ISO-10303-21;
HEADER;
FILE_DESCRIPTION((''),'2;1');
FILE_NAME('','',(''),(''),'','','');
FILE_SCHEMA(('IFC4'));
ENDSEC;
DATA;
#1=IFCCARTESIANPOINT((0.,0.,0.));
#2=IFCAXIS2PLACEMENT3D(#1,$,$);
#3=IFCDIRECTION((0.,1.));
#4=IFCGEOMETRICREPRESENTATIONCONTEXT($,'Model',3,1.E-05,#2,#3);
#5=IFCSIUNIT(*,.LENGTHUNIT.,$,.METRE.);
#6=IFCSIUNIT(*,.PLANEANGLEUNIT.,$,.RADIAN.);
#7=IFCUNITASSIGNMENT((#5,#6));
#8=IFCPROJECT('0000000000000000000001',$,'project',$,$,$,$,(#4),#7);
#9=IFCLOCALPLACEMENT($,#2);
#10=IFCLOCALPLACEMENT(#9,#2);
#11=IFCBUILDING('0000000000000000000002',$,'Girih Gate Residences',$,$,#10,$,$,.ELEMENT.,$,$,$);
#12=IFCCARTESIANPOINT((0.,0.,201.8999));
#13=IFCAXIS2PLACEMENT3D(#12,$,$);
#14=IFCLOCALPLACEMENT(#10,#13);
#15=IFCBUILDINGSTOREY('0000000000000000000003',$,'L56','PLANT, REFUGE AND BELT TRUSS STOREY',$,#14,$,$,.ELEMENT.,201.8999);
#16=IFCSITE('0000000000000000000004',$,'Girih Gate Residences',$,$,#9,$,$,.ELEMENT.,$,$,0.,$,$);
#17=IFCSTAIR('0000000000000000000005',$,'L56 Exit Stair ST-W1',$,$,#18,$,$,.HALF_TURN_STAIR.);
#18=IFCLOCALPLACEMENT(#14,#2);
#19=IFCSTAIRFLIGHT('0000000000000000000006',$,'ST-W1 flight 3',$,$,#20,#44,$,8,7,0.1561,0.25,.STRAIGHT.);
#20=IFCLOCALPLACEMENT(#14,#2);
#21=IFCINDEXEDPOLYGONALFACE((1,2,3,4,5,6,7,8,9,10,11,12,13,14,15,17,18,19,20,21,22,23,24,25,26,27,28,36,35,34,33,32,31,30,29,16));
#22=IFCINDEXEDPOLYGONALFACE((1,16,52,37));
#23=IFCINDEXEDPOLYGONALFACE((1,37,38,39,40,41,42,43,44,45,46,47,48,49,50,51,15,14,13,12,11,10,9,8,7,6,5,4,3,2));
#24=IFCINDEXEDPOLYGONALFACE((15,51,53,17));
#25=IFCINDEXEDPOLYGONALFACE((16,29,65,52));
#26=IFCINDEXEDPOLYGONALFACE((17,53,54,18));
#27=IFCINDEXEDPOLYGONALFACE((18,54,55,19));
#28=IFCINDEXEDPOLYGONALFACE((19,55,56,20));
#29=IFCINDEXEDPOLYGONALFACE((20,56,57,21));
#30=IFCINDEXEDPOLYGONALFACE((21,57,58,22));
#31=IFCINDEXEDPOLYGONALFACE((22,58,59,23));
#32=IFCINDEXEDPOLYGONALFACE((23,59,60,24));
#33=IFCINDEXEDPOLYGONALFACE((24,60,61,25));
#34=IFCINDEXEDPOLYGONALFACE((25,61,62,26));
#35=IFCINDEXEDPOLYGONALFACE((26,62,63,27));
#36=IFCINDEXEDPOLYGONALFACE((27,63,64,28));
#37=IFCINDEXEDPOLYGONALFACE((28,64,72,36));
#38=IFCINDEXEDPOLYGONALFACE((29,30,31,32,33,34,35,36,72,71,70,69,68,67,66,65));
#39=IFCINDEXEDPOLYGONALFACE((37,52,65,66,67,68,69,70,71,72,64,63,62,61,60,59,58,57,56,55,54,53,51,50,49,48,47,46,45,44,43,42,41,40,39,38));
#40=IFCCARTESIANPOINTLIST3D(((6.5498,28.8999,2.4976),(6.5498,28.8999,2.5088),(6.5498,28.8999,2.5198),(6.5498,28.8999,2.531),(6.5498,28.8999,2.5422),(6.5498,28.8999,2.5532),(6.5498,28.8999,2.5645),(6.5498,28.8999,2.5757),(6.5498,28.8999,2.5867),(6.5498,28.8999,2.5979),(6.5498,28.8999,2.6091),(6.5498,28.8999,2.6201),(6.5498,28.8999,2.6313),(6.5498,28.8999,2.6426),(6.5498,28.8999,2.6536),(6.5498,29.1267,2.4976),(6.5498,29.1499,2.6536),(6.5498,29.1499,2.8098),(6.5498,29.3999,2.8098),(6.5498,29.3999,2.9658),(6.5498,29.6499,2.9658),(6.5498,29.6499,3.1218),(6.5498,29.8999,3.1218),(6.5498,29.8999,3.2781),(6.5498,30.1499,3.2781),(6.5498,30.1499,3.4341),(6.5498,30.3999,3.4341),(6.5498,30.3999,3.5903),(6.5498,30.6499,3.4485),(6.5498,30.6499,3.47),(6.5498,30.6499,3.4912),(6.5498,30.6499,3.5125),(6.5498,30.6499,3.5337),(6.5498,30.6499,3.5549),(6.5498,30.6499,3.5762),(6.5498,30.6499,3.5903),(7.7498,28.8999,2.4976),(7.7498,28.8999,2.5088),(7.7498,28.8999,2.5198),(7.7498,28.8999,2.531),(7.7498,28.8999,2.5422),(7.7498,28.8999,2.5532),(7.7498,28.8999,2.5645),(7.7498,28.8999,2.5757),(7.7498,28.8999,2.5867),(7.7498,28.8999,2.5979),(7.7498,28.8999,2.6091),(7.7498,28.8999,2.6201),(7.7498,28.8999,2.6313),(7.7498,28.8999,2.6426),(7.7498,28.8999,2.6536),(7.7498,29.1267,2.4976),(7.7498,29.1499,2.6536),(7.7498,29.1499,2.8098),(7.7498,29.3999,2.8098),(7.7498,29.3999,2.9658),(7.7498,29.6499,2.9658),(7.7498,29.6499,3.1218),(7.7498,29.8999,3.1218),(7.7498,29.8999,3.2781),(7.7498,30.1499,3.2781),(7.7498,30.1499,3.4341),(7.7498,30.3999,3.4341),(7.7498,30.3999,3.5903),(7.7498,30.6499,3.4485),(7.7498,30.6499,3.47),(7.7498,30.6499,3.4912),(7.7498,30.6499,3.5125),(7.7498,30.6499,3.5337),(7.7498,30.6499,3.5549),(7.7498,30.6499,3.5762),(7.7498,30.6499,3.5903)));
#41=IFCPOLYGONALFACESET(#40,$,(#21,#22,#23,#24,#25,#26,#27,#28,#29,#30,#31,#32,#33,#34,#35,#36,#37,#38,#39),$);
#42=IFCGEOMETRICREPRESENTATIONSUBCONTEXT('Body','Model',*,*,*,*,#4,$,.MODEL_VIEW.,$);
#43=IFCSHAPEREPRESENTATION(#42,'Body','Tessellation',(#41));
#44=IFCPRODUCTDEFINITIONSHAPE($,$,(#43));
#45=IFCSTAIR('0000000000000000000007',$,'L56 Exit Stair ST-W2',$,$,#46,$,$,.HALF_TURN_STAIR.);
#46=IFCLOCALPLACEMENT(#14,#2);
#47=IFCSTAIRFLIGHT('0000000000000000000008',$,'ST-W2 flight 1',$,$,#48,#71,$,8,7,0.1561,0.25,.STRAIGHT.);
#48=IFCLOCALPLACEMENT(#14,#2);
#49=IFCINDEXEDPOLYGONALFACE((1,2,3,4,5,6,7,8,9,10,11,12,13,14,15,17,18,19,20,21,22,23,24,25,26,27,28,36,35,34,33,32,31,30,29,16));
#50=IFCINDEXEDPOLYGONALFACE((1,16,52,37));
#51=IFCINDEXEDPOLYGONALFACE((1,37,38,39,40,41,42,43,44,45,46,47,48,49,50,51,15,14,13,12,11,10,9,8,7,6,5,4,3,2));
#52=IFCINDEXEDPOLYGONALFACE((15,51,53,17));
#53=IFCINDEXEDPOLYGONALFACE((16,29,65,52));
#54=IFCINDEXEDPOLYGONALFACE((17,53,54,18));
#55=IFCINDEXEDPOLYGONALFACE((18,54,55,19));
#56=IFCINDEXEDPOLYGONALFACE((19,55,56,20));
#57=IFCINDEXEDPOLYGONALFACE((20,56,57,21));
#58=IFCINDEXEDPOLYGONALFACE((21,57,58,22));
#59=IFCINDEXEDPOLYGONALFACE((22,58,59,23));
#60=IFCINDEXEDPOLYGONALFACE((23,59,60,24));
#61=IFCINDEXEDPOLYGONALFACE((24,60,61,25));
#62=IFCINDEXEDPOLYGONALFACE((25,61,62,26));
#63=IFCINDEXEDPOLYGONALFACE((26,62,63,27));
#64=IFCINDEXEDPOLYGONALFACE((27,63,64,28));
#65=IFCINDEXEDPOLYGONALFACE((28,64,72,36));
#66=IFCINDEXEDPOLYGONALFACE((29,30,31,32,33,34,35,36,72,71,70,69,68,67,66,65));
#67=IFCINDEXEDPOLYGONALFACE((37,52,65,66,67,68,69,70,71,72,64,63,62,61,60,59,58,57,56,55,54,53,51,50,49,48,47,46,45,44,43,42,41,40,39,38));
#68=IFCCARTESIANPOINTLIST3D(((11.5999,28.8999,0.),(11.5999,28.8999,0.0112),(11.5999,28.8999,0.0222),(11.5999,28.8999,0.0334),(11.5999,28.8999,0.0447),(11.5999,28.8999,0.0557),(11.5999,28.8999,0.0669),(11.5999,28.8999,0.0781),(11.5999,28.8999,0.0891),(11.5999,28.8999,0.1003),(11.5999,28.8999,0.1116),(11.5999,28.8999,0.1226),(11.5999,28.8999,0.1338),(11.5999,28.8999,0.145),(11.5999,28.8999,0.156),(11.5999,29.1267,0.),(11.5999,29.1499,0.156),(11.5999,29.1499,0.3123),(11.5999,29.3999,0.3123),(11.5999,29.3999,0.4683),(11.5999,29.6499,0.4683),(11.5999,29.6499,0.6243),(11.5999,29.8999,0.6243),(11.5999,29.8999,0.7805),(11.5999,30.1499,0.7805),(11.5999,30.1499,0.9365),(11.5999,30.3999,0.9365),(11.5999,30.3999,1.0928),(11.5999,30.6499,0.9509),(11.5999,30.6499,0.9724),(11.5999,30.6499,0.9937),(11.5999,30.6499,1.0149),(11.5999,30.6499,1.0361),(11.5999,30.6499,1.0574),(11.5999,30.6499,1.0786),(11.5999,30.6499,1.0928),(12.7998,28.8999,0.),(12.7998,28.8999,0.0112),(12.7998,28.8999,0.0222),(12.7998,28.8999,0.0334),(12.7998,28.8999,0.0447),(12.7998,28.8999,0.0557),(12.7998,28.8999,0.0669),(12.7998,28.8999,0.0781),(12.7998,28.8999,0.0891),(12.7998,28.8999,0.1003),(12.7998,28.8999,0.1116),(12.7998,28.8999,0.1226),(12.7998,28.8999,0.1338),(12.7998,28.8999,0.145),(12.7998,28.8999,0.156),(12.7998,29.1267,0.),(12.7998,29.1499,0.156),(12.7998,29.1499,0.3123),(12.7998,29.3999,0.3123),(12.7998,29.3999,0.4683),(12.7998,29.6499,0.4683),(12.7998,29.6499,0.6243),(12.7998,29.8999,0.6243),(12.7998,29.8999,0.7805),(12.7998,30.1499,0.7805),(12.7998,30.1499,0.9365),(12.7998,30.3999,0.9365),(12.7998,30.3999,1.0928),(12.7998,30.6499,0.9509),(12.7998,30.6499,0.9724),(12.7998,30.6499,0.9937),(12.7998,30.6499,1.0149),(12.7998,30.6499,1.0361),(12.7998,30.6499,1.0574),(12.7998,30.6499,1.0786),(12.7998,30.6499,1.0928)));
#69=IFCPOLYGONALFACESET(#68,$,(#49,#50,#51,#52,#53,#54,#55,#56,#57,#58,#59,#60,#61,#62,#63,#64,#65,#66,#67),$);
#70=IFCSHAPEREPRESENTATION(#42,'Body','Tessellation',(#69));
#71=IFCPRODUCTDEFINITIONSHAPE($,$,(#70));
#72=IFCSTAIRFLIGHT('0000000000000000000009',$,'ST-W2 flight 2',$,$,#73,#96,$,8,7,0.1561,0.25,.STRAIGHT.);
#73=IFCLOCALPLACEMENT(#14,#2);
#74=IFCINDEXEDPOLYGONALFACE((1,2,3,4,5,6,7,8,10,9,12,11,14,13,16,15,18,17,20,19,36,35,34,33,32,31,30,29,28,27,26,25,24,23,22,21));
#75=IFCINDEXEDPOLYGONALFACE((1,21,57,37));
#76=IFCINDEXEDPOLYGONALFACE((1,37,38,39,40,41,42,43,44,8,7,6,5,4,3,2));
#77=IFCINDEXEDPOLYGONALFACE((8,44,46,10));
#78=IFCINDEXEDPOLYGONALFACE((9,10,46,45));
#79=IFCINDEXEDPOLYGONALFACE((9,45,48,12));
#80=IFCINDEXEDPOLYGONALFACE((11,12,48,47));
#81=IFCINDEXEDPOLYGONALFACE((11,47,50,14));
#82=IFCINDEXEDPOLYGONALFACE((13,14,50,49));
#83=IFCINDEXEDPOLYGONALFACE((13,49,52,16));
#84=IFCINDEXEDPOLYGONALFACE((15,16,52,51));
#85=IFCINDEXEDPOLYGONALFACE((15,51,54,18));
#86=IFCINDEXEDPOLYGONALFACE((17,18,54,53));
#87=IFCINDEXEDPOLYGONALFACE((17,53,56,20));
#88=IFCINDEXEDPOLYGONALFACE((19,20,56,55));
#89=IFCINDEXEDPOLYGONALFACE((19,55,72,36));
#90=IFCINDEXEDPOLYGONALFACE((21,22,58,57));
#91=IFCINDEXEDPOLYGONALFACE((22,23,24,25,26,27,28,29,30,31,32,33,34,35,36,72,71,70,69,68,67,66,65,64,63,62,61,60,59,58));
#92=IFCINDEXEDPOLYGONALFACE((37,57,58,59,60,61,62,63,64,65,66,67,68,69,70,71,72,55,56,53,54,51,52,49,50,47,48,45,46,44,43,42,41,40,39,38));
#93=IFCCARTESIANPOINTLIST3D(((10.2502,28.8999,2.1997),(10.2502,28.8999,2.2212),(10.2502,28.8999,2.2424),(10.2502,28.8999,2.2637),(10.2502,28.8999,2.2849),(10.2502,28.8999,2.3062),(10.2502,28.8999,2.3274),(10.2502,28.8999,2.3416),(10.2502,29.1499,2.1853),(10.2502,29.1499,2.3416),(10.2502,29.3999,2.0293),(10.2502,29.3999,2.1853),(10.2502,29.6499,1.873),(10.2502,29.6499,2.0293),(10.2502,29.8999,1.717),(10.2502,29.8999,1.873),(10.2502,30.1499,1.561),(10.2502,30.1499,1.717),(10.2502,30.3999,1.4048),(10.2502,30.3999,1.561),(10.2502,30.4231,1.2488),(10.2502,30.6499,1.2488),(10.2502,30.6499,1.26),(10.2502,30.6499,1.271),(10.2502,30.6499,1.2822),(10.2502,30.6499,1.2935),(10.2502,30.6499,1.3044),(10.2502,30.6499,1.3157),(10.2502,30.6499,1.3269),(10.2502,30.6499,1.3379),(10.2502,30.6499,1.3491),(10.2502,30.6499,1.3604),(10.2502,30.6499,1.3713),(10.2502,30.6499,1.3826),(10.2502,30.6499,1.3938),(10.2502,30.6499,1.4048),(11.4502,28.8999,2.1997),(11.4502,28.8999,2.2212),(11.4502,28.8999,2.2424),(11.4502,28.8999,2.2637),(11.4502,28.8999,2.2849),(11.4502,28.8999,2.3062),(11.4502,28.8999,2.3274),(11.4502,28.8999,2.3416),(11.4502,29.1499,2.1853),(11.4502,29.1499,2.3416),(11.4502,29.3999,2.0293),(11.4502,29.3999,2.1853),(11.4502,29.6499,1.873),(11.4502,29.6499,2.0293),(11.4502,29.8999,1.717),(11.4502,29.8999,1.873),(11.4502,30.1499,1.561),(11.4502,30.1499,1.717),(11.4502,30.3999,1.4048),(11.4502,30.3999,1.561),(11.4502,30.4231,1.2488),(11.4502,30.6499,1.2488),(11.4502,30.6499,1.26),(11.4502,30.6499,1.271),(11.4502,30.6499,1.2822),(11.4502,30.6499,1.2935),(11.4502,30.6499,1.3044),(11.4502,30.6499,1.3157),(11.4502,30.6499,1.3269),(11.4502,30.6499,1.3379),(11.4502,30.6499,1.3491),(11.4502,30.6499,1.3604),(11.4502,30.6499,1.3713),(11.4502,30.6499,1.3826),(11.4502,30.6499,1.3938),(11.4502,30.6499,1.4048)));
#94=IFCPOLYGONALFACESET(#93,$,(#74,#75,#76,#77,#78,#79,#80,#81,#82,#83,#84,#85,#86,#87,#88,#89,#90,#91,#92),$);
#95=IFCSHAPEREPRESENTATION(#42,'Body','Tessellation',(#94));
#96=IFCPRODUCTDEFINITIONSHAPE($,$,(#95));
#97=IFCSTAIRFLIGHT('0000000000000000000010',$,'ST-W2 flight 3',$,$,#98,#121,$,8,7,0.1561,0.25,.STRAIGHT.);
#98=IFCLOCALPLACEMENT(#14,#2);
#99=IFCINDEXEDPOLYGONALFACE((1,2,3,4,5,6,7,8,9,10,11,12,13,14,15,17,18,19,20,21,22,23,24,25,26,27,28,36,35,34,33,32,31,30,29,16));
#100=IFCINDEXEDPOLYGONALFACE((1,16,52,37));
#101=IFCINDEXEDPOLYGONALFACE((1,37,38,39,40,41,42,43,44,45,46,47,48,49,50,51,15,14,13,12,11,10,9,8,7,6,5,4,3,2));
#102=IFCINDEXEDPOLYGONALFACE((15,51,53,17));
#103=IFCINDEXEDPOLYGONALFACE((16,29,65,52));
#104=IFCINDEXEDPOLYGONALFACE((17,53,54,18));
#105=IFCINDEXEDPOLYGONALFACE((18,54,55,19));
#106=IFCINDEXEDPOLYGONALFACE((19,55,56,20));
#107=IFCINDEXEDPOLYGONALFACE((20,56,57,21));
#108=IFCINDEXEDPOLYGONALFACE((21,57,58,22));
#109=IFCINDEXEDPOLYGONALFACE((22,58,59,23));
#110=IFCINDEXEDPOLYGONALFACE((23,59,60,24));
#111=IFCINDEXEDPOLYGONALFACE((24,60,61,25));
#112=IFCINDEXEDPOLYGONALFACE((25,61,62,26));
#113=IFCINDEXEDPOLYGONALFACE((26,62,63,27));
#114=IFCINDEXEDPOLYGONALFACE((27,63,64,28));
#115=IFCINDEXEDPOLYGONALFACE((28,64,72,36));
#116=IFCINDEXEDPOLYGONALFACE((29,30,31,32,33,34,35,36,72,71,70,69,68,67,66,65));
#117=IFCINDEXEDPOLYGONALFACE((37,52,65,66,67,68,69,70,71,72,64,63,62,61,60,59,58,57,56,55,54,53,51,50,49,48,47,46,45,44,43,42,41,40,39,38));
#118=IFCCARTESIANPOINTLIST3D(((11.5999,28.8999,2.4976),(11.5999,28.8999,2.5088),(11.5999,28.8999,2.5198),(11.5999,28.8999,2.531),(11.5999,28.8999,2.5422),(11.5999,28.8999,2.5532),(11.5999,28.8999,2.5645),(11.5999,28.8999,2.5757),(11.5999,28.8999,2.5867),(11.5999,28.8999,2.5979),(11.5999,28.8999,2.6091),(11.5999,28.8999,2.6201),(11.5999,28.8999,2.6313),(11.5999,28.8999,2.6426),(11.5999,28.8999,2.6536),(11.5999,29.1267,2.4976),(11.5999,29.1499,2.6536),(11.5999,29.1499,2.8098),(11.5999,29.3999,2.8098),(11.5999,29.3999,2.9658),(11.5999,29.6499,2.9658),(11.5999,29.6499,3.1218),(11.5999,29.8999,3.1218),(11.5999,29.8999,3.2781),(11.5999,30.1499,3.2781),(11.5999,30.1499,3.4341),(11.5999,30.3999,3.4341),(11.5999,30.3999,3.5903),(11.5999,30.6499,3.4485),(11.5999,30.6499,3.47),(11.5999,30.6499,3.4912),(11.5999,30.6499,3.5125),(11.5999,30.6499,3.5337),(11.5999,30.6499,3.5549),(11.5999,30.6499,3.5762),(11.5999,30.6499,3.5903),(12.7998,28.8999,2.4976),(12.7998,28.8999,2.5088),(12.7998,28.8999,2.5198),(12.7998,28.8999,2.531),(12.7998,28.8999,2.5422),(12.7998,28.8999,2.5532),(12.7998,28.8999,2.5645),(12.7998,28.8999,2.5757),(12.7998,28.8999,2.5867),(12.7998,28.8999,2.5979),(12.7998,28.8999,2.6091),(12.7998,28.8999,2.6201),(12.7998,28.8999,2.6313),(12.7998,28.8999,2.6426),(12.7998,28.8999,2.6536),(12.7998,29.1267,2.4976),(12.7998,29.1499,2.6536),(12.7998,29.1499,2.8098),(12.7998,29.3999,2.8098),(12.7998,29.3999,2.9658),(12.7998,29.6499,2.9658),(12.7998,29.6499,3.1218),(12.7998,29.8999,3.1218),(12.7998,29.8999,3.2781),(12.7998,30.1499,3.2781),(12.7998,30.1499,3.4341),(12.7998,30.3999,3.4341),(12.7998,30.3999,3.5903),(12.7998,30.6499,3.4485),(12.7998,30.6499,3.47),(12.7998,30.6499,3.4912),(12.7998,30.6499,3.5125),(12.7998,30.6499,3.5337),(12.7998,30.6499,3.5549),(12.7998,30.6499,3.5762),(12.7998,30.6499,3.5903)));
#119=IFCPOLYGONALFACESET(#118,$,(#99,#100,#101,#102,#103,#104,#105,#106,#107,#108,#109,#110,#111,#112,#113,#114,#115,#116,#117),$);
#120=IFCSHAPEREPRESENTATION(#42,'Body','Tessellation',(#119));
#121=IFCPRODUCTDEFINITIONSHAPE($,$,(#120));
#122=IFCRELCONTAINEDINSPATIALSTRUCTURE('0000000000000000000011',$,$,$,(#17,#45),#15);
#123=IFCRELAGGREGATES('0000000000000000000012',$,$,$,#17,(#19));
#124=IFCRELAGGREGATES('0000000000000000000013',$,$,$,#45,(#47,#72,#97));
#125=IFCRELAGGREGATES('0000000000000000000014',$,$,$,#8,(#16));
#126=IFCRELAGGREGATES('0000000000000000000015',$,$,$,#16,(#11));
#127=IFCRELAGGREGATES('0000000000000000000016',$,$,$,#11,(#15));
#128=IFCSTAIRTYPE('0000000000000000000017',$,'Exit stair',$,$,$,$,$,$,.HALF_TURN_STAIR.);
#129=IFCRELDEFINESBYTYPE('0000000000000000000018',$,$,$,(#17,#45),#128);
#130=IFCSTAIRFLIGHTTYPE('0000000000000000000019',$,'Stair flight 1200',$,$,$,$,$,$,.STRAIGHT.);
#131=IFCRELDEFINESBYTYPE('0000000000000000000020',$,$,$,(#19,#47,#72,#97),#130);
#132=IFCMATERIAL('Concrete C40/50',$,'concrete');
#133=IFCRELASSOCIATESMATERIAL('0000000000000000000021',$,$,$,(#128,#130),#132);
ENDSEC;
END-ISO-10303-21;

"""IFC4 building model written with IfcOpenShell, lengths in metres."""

from ifc_helpers import new_model, si_unit, direction, frame, origin, place, context, subcontext, project, spatial, polyline, outline, extrude, material, type_object, element, aggregate, save


model = new_model("IFC4")

# Units and contexts
model_context = context("Model", 3, precision=1e-05, world=origin(), true_north=direction((0.0, 1.0)))
body_context = subcontext(model_context, "Body", "Model", "MODEL_VIEW")
ifc_project = project(units=[si_unit("LENGTHUNIT", "METRE"), si_unit("PLANEANGLEUNIT", "RADIAN")], contexts=[model_context])

# Site, building, storey
site_placement = place(None, origin())
site = spatial("IfcSite", under=ifc_project, at=site_placement, Name="Girih Gate Residences", CompositionType="ELEMENT", RefElevation=0.0)
building_placement = place(site_placement, origin())
building = spatial("IfcBuilding", under=site, at=building_placement, Name="Girih Gate Residences", CompositionType="ELEMENT")
storey_placement = place(building_placement, frame((0.0, 0.0, 201.8999)))
storey = spatial("IfcBuildingStorey", under=building, at=storey_placement, Name="L56", Description="PLANT, REFUGE AND BELT TRUSS STOREY", CompositionType="ELEMENT", Elevation=201.8999)

# Shared definitions
ifc_material_1 = material(Name="Concrete C40/50", Category="concrete")

# Stairs, stair flights
stair_type = type_object("IfcStairType", Name="Exit stair", PredefinedType="HALF_TURN_STAIR", material=ifc_material_1)
stair_1_placement = place(storey_placement, origin())
stair_1 = element("IfcStair", 1, at=stair_1_placement, inside=storey, type_object=stair_type, Name="L56 Exit Stair ST-W1", PredefinedType="HALF_TURN_STAIR")
stair_flight_type = type_object("IfcStairFlightType", Name="Stair flight 1200", PredefinedType="STRAIGHT", material=ifc_material_1)
stair_flight_1_placement = place(storey_placement, frame((7.1499, 28.8999, 2.4976), z_axis=(0.0, 0.0, 1.0), x_axis=(0.0, 1.0, 0.0)))
stair_flight_1 = element("IfcStairFlight", 2, at=stair_flight_1_placement, type_object=stair_flight_type, Name="ST-W1 flight 3", NumberOfRisers=8, NumberOfTreads=7, PredefinedType="STRAIGHT", RiserHeight=0.1561, TreadLength=0.25, context=body_context, shape_type="SweptSolid", body=[
    extrude(outline(polyline([(0.0, 0.0), (0.0, 0.0112), (0.0, 0.0222), (0.0, 0.0334), (0.0, 0.0447), (0.0, 0.0557), (0.0, 0.0669), (0.0, 0.0781), (0.0, 0.0891), (0.0, 0.1003), (0.0, 0.1116), (0.0, 0.1226), (0.0, 0.1338), (0.0, 0.145), (0.0, 0.156), (0.25, 0.156), (0.25, 0.3123), (0.5, 0.3123), (0.5, 0.4683), (0.75, 0.4683), (0.75, 0.6243), (1.0, 0.6243), (1.0, 0.7805), (1.25, 0.7805), (1.25, 0.9365), (1.5, 0.9365), (1.5, 1.0928), (1.75, 1.0928), (1.75, 1.1038), (1.75, 1.115), (1.75, 1.1262), (1.75, 1.1372), (1.75, 1.1484), (1.75, 1.1597), (1.75, 1.1707), (1.75, 1.1819), (1.75, 1.1931), (1.75, 1.2041), (1.75, 1.2153), (1.75, 1.2266), (1.75, 1.2375), (1.75, 1.2488), (1.75, 1.2275), (1.75, 1.2063), (1.75, 1.1851), (1.75, 1.1636), (1.75, 1.1423), (1.75, 1.1211), (1.75, 1.0999), (1.75, 1.0786), (1.75, 1.0574), (1.75, 1.0361), (1.75, 1.0149), (1.75, 0.9937), (1.75, 0.9724), (1.75, 0.9509), (0.2268, 0.0), (0.0, 0.0)])), frame((0.0, 0.6001, 0.0), z_axis=(0.0, -1.0, 0.0), x_axis=(1.0, 0.0, 0.0)), (0.0, 0.0, 1.0), 1.2),
])
aggregate(stair_1, [stair_flight_1])
stair_2_placement = place(storey_placement, origin())
stair_2 = element("IfcStair", 3, at=stair_2_placement, inside=storey, type_object=stair_type, Name="L56 Exit Stair ST-W2", PredefinedType="HALF_TURN_STAIR")
stair_flight_2_placement = place(storey_placement, frame((12.2, 28.8999, 0.0), z_axis=(0.0, 0.0, 1.0), x_axis=(0.0, 1.0, 0.0)))
stair_flight_2 = element("IfcStairFlight", 4, at=stair_flight_2_placement, type_object=stair_flight_type, Name="ST-W2 flight 1", NumberOfRisers=8, NumberOfTreads=7, PredefinedType="STRAIGHT", RiserHeight=0.1561, TreadLength=0.25, context=body_context, shape_type="SweptSolid", body=[
    extrude(outline(polyline([(0.0, 0.0), (0.0, 0.0112), (0.0, 0.0222), (0.0, 0.0334), (0.0, 0.0447), (0.0, 0.0557), (0.0, 0.0669), (0.0, 0.0781), (0.0, 0.0891), (0.0, 0.1003), (0.0, 0.1116), (0.0, 0.1226), (0.0, 0.1338), (0.0, 0.145), (0.0, 0.156), (0.25, 0.156), (0.25, 0.3123), (0.5, 0.3123), (0.5, 0.4683), (0.75, 0.4683), (0.75, 0.6243), (1.0, 0.6243), (1.0, 0.7805), (1.25, 0.7805), (1.25, 0.9365), (1.5, 0.9365), (1.5, 1.0928), (1.75, 1.0928), (1.75, 1.1038), (1.75, 1.115), (1.75, 1.1262), (1.75, 1.1372), (1.75, 1.1484), (1.75, 1.1597), (1.75, 1.1707), (1.75, 1.1819), (1.75, 1.1931), (1.75, 1.2041), (1.75, 1.2153), (1.75, 1.2266), (1.75, 1.2375), (1.75, 1.2488), (1.75, 1.2275), (1.75, 1.2063), (1.75, 1.1851), (1.75, 1.1636), (1.75, 1.1423), (1.75, 1.1211), (1.75, 1.0999), (1.75, 1.0786), (1.75, 1.0574), (1.75, 1.0361), (1.75, 1.0149), (1.75, 0.9937), (1.75, 0.9724), (1.75, 0.9509), (0.2268, 0.0), (0.0, 0.0)])), frame((0.0, 0.6001, 0.0), z_axis=(0.0, -1.0, 0.0), x_axis=(1.0, 0.0, 0.0)), (0.0, 0.0, 1.0), 1.2),
])
stair_flight_3_placement = place(storey_placement, frame((10.8501, 30.6499, 1.2488), z_axis=(0.0, 0.0, 1.0), x_axis=(0.0, -1.0, 0.0)))
stair_flight_3 = element("IfcStairFlight", 5, at=stair_flight_3_placement, type_object=stair_flight_type, Name="ST-W2 flight 2", NumberOfRisers=8, NumberOfTreads=7, PredefinedType="STRAIGHT", RiserHeight=0.1561, TreadLength=0.25, context=body_context, shape_type="SweptSolid", body=[
    extrude(outline(polyline([(0.0, 0.0), (0.0, 0.0112), (0.0, 0.0222), (0.0, 0.0334), (0.0, 0.0447), (0.0, 0.0557), (0.0, 0.0669), (0.0, 0.0781), (0.0, 0.0891), (0.0, 0.1003), (0.0, 0.1116), (0.0, 0.1226), (0.0, 0.1338), (0.0, 0.145), (0.0, 0.156), (0.25, 0.156), (0.25, 0.3123), (0.5, 0.3123), (0.5, 0.4683), (0.75, 0.4683), (0.75, 0.6243), (1.0, 0.6243), (1.0, 0.7805), (1.25, 0.7805), (1.25, 0.9365), (1.5, 0.9365), (1.5, 1.0928), (1.75, 1.0928), (1.75, 1.1038), (1.75, 1.115), (1.75, 1.1262), (1.75, 1.1372), (1.75, 1.1484), (1.75, 1.1597), (1.75, 1.1707), (1.75, 1.1819), (1.75, 1.1931), (1.75, 1.2041), (1.75, 1.2153), (1.75, 1.2266), (1.75, 1.2375), (1.75, 1.2488), (1.75, 1.2275), (1.75, 1.2063), (1.75, 1.1851), (1.75, 1.1636), (1.75, 1.1423), (1.75, 1.1211), (1.75, 1.0999), (1.75, 1.0786), (1.75, 1.0574), (1.75, 1.0361), (1.75, 1.0149), (1.75, 0.9937), (1.75, 0.9724), (1.75, 0.9509), (0.2268, 0.0), (0.0, 0.0)])), frame((0.0, 0.6001, 0.0), z_axis=(0.0, -1.0, 0.0), x_axis=(1.0, 0.0, 0.0)), (0.0, 0.0, 1.0), 1.2),
])
stair_flight_4_placement = place(storey_placement, frame((12.2, 28.8999, 2.4976), z_axis=(0.0, 0.0, 1.0), x_axis=(0.0, 1.0, 0.0)))
stair_flight_4 = element("IfcStairFlight", 6, at=stair_flight_4_placement, type_object=stair_flight_type, Name="ST-W2 flight 3", NumberOfRisers=8, NumberOfTreads=7, PredefinedType="STRAIGHT", RiserHeight=0.1561, TreadLength=0.25, context=body_context, shape_type="SweptSolid", body=[
    extrude(outline(polyline([(0.0, 0.0), (0.0, 0.0112), (0.0, 0.0222), (0.0, 0.0334), (0.0, 0.0447), (0.0, 0.0557), (0.0, 0.0669), (0.0, 0.0781), (0.0, 0.0891), (0.0, 0.1003), (0.0, 0.1116), (0.0, 0.1226), (0.0, 0.1338), (0.0, 0.145), (0.0, 0.156), (0.25, 0.156), (0.25, 0.3123), (0.5, 0.3123), (0.5, 0.4683), (0.75, 0.4683), (0.75, 0.6243), (1.0, 0.6243), (1.0, 0.7805), (1.25, 0.7805), (1.25, 0.9365), (1.5, 0.9365), (1.5, 1.0928), (1.75, 1.0928), (1.75, 1.1038), (1.75, 1.115), (1.75, 1.1262), (1.75, 1.1372), (1.75, 1.1484), (1.75, 1.1597), (1.75, 1.1707), (1.75, 1.1819), (1.75, 1.1931), (1.75, 1.2041), (1.75, 1.2153), (1.75, 1.2266), (1.75, 1.2375), (1.75, 1.2488), (1.75, 1.2275), (1.75, 1.2063), (1.75, 1.1851), (1.75, 1.1636), (1.75, 1.1423), (1.75, 1.1211), (1.75, 1.0999), (1.75, 1.0786), (1.75, 1.0574), (1.75, 1.0361), (1.75, 1.0149), (1.75, 0.9937), (1.75, 0.9724), (1.75, 0.9509), (0.2268, 0.0), (0.0, 0.0)])), frame((0.0, 0.6001, 0.0), z_axis=(0.0, -1.0, 0.0), x_axis=(1.0, 0.0, 0.0)), (0.0, 0.0, 1.0), 1.2),
])
aggregate(stair_2, [stair_flight_2, stair_flight_3, stair_flight_4])

save(model, "model.ifc")
